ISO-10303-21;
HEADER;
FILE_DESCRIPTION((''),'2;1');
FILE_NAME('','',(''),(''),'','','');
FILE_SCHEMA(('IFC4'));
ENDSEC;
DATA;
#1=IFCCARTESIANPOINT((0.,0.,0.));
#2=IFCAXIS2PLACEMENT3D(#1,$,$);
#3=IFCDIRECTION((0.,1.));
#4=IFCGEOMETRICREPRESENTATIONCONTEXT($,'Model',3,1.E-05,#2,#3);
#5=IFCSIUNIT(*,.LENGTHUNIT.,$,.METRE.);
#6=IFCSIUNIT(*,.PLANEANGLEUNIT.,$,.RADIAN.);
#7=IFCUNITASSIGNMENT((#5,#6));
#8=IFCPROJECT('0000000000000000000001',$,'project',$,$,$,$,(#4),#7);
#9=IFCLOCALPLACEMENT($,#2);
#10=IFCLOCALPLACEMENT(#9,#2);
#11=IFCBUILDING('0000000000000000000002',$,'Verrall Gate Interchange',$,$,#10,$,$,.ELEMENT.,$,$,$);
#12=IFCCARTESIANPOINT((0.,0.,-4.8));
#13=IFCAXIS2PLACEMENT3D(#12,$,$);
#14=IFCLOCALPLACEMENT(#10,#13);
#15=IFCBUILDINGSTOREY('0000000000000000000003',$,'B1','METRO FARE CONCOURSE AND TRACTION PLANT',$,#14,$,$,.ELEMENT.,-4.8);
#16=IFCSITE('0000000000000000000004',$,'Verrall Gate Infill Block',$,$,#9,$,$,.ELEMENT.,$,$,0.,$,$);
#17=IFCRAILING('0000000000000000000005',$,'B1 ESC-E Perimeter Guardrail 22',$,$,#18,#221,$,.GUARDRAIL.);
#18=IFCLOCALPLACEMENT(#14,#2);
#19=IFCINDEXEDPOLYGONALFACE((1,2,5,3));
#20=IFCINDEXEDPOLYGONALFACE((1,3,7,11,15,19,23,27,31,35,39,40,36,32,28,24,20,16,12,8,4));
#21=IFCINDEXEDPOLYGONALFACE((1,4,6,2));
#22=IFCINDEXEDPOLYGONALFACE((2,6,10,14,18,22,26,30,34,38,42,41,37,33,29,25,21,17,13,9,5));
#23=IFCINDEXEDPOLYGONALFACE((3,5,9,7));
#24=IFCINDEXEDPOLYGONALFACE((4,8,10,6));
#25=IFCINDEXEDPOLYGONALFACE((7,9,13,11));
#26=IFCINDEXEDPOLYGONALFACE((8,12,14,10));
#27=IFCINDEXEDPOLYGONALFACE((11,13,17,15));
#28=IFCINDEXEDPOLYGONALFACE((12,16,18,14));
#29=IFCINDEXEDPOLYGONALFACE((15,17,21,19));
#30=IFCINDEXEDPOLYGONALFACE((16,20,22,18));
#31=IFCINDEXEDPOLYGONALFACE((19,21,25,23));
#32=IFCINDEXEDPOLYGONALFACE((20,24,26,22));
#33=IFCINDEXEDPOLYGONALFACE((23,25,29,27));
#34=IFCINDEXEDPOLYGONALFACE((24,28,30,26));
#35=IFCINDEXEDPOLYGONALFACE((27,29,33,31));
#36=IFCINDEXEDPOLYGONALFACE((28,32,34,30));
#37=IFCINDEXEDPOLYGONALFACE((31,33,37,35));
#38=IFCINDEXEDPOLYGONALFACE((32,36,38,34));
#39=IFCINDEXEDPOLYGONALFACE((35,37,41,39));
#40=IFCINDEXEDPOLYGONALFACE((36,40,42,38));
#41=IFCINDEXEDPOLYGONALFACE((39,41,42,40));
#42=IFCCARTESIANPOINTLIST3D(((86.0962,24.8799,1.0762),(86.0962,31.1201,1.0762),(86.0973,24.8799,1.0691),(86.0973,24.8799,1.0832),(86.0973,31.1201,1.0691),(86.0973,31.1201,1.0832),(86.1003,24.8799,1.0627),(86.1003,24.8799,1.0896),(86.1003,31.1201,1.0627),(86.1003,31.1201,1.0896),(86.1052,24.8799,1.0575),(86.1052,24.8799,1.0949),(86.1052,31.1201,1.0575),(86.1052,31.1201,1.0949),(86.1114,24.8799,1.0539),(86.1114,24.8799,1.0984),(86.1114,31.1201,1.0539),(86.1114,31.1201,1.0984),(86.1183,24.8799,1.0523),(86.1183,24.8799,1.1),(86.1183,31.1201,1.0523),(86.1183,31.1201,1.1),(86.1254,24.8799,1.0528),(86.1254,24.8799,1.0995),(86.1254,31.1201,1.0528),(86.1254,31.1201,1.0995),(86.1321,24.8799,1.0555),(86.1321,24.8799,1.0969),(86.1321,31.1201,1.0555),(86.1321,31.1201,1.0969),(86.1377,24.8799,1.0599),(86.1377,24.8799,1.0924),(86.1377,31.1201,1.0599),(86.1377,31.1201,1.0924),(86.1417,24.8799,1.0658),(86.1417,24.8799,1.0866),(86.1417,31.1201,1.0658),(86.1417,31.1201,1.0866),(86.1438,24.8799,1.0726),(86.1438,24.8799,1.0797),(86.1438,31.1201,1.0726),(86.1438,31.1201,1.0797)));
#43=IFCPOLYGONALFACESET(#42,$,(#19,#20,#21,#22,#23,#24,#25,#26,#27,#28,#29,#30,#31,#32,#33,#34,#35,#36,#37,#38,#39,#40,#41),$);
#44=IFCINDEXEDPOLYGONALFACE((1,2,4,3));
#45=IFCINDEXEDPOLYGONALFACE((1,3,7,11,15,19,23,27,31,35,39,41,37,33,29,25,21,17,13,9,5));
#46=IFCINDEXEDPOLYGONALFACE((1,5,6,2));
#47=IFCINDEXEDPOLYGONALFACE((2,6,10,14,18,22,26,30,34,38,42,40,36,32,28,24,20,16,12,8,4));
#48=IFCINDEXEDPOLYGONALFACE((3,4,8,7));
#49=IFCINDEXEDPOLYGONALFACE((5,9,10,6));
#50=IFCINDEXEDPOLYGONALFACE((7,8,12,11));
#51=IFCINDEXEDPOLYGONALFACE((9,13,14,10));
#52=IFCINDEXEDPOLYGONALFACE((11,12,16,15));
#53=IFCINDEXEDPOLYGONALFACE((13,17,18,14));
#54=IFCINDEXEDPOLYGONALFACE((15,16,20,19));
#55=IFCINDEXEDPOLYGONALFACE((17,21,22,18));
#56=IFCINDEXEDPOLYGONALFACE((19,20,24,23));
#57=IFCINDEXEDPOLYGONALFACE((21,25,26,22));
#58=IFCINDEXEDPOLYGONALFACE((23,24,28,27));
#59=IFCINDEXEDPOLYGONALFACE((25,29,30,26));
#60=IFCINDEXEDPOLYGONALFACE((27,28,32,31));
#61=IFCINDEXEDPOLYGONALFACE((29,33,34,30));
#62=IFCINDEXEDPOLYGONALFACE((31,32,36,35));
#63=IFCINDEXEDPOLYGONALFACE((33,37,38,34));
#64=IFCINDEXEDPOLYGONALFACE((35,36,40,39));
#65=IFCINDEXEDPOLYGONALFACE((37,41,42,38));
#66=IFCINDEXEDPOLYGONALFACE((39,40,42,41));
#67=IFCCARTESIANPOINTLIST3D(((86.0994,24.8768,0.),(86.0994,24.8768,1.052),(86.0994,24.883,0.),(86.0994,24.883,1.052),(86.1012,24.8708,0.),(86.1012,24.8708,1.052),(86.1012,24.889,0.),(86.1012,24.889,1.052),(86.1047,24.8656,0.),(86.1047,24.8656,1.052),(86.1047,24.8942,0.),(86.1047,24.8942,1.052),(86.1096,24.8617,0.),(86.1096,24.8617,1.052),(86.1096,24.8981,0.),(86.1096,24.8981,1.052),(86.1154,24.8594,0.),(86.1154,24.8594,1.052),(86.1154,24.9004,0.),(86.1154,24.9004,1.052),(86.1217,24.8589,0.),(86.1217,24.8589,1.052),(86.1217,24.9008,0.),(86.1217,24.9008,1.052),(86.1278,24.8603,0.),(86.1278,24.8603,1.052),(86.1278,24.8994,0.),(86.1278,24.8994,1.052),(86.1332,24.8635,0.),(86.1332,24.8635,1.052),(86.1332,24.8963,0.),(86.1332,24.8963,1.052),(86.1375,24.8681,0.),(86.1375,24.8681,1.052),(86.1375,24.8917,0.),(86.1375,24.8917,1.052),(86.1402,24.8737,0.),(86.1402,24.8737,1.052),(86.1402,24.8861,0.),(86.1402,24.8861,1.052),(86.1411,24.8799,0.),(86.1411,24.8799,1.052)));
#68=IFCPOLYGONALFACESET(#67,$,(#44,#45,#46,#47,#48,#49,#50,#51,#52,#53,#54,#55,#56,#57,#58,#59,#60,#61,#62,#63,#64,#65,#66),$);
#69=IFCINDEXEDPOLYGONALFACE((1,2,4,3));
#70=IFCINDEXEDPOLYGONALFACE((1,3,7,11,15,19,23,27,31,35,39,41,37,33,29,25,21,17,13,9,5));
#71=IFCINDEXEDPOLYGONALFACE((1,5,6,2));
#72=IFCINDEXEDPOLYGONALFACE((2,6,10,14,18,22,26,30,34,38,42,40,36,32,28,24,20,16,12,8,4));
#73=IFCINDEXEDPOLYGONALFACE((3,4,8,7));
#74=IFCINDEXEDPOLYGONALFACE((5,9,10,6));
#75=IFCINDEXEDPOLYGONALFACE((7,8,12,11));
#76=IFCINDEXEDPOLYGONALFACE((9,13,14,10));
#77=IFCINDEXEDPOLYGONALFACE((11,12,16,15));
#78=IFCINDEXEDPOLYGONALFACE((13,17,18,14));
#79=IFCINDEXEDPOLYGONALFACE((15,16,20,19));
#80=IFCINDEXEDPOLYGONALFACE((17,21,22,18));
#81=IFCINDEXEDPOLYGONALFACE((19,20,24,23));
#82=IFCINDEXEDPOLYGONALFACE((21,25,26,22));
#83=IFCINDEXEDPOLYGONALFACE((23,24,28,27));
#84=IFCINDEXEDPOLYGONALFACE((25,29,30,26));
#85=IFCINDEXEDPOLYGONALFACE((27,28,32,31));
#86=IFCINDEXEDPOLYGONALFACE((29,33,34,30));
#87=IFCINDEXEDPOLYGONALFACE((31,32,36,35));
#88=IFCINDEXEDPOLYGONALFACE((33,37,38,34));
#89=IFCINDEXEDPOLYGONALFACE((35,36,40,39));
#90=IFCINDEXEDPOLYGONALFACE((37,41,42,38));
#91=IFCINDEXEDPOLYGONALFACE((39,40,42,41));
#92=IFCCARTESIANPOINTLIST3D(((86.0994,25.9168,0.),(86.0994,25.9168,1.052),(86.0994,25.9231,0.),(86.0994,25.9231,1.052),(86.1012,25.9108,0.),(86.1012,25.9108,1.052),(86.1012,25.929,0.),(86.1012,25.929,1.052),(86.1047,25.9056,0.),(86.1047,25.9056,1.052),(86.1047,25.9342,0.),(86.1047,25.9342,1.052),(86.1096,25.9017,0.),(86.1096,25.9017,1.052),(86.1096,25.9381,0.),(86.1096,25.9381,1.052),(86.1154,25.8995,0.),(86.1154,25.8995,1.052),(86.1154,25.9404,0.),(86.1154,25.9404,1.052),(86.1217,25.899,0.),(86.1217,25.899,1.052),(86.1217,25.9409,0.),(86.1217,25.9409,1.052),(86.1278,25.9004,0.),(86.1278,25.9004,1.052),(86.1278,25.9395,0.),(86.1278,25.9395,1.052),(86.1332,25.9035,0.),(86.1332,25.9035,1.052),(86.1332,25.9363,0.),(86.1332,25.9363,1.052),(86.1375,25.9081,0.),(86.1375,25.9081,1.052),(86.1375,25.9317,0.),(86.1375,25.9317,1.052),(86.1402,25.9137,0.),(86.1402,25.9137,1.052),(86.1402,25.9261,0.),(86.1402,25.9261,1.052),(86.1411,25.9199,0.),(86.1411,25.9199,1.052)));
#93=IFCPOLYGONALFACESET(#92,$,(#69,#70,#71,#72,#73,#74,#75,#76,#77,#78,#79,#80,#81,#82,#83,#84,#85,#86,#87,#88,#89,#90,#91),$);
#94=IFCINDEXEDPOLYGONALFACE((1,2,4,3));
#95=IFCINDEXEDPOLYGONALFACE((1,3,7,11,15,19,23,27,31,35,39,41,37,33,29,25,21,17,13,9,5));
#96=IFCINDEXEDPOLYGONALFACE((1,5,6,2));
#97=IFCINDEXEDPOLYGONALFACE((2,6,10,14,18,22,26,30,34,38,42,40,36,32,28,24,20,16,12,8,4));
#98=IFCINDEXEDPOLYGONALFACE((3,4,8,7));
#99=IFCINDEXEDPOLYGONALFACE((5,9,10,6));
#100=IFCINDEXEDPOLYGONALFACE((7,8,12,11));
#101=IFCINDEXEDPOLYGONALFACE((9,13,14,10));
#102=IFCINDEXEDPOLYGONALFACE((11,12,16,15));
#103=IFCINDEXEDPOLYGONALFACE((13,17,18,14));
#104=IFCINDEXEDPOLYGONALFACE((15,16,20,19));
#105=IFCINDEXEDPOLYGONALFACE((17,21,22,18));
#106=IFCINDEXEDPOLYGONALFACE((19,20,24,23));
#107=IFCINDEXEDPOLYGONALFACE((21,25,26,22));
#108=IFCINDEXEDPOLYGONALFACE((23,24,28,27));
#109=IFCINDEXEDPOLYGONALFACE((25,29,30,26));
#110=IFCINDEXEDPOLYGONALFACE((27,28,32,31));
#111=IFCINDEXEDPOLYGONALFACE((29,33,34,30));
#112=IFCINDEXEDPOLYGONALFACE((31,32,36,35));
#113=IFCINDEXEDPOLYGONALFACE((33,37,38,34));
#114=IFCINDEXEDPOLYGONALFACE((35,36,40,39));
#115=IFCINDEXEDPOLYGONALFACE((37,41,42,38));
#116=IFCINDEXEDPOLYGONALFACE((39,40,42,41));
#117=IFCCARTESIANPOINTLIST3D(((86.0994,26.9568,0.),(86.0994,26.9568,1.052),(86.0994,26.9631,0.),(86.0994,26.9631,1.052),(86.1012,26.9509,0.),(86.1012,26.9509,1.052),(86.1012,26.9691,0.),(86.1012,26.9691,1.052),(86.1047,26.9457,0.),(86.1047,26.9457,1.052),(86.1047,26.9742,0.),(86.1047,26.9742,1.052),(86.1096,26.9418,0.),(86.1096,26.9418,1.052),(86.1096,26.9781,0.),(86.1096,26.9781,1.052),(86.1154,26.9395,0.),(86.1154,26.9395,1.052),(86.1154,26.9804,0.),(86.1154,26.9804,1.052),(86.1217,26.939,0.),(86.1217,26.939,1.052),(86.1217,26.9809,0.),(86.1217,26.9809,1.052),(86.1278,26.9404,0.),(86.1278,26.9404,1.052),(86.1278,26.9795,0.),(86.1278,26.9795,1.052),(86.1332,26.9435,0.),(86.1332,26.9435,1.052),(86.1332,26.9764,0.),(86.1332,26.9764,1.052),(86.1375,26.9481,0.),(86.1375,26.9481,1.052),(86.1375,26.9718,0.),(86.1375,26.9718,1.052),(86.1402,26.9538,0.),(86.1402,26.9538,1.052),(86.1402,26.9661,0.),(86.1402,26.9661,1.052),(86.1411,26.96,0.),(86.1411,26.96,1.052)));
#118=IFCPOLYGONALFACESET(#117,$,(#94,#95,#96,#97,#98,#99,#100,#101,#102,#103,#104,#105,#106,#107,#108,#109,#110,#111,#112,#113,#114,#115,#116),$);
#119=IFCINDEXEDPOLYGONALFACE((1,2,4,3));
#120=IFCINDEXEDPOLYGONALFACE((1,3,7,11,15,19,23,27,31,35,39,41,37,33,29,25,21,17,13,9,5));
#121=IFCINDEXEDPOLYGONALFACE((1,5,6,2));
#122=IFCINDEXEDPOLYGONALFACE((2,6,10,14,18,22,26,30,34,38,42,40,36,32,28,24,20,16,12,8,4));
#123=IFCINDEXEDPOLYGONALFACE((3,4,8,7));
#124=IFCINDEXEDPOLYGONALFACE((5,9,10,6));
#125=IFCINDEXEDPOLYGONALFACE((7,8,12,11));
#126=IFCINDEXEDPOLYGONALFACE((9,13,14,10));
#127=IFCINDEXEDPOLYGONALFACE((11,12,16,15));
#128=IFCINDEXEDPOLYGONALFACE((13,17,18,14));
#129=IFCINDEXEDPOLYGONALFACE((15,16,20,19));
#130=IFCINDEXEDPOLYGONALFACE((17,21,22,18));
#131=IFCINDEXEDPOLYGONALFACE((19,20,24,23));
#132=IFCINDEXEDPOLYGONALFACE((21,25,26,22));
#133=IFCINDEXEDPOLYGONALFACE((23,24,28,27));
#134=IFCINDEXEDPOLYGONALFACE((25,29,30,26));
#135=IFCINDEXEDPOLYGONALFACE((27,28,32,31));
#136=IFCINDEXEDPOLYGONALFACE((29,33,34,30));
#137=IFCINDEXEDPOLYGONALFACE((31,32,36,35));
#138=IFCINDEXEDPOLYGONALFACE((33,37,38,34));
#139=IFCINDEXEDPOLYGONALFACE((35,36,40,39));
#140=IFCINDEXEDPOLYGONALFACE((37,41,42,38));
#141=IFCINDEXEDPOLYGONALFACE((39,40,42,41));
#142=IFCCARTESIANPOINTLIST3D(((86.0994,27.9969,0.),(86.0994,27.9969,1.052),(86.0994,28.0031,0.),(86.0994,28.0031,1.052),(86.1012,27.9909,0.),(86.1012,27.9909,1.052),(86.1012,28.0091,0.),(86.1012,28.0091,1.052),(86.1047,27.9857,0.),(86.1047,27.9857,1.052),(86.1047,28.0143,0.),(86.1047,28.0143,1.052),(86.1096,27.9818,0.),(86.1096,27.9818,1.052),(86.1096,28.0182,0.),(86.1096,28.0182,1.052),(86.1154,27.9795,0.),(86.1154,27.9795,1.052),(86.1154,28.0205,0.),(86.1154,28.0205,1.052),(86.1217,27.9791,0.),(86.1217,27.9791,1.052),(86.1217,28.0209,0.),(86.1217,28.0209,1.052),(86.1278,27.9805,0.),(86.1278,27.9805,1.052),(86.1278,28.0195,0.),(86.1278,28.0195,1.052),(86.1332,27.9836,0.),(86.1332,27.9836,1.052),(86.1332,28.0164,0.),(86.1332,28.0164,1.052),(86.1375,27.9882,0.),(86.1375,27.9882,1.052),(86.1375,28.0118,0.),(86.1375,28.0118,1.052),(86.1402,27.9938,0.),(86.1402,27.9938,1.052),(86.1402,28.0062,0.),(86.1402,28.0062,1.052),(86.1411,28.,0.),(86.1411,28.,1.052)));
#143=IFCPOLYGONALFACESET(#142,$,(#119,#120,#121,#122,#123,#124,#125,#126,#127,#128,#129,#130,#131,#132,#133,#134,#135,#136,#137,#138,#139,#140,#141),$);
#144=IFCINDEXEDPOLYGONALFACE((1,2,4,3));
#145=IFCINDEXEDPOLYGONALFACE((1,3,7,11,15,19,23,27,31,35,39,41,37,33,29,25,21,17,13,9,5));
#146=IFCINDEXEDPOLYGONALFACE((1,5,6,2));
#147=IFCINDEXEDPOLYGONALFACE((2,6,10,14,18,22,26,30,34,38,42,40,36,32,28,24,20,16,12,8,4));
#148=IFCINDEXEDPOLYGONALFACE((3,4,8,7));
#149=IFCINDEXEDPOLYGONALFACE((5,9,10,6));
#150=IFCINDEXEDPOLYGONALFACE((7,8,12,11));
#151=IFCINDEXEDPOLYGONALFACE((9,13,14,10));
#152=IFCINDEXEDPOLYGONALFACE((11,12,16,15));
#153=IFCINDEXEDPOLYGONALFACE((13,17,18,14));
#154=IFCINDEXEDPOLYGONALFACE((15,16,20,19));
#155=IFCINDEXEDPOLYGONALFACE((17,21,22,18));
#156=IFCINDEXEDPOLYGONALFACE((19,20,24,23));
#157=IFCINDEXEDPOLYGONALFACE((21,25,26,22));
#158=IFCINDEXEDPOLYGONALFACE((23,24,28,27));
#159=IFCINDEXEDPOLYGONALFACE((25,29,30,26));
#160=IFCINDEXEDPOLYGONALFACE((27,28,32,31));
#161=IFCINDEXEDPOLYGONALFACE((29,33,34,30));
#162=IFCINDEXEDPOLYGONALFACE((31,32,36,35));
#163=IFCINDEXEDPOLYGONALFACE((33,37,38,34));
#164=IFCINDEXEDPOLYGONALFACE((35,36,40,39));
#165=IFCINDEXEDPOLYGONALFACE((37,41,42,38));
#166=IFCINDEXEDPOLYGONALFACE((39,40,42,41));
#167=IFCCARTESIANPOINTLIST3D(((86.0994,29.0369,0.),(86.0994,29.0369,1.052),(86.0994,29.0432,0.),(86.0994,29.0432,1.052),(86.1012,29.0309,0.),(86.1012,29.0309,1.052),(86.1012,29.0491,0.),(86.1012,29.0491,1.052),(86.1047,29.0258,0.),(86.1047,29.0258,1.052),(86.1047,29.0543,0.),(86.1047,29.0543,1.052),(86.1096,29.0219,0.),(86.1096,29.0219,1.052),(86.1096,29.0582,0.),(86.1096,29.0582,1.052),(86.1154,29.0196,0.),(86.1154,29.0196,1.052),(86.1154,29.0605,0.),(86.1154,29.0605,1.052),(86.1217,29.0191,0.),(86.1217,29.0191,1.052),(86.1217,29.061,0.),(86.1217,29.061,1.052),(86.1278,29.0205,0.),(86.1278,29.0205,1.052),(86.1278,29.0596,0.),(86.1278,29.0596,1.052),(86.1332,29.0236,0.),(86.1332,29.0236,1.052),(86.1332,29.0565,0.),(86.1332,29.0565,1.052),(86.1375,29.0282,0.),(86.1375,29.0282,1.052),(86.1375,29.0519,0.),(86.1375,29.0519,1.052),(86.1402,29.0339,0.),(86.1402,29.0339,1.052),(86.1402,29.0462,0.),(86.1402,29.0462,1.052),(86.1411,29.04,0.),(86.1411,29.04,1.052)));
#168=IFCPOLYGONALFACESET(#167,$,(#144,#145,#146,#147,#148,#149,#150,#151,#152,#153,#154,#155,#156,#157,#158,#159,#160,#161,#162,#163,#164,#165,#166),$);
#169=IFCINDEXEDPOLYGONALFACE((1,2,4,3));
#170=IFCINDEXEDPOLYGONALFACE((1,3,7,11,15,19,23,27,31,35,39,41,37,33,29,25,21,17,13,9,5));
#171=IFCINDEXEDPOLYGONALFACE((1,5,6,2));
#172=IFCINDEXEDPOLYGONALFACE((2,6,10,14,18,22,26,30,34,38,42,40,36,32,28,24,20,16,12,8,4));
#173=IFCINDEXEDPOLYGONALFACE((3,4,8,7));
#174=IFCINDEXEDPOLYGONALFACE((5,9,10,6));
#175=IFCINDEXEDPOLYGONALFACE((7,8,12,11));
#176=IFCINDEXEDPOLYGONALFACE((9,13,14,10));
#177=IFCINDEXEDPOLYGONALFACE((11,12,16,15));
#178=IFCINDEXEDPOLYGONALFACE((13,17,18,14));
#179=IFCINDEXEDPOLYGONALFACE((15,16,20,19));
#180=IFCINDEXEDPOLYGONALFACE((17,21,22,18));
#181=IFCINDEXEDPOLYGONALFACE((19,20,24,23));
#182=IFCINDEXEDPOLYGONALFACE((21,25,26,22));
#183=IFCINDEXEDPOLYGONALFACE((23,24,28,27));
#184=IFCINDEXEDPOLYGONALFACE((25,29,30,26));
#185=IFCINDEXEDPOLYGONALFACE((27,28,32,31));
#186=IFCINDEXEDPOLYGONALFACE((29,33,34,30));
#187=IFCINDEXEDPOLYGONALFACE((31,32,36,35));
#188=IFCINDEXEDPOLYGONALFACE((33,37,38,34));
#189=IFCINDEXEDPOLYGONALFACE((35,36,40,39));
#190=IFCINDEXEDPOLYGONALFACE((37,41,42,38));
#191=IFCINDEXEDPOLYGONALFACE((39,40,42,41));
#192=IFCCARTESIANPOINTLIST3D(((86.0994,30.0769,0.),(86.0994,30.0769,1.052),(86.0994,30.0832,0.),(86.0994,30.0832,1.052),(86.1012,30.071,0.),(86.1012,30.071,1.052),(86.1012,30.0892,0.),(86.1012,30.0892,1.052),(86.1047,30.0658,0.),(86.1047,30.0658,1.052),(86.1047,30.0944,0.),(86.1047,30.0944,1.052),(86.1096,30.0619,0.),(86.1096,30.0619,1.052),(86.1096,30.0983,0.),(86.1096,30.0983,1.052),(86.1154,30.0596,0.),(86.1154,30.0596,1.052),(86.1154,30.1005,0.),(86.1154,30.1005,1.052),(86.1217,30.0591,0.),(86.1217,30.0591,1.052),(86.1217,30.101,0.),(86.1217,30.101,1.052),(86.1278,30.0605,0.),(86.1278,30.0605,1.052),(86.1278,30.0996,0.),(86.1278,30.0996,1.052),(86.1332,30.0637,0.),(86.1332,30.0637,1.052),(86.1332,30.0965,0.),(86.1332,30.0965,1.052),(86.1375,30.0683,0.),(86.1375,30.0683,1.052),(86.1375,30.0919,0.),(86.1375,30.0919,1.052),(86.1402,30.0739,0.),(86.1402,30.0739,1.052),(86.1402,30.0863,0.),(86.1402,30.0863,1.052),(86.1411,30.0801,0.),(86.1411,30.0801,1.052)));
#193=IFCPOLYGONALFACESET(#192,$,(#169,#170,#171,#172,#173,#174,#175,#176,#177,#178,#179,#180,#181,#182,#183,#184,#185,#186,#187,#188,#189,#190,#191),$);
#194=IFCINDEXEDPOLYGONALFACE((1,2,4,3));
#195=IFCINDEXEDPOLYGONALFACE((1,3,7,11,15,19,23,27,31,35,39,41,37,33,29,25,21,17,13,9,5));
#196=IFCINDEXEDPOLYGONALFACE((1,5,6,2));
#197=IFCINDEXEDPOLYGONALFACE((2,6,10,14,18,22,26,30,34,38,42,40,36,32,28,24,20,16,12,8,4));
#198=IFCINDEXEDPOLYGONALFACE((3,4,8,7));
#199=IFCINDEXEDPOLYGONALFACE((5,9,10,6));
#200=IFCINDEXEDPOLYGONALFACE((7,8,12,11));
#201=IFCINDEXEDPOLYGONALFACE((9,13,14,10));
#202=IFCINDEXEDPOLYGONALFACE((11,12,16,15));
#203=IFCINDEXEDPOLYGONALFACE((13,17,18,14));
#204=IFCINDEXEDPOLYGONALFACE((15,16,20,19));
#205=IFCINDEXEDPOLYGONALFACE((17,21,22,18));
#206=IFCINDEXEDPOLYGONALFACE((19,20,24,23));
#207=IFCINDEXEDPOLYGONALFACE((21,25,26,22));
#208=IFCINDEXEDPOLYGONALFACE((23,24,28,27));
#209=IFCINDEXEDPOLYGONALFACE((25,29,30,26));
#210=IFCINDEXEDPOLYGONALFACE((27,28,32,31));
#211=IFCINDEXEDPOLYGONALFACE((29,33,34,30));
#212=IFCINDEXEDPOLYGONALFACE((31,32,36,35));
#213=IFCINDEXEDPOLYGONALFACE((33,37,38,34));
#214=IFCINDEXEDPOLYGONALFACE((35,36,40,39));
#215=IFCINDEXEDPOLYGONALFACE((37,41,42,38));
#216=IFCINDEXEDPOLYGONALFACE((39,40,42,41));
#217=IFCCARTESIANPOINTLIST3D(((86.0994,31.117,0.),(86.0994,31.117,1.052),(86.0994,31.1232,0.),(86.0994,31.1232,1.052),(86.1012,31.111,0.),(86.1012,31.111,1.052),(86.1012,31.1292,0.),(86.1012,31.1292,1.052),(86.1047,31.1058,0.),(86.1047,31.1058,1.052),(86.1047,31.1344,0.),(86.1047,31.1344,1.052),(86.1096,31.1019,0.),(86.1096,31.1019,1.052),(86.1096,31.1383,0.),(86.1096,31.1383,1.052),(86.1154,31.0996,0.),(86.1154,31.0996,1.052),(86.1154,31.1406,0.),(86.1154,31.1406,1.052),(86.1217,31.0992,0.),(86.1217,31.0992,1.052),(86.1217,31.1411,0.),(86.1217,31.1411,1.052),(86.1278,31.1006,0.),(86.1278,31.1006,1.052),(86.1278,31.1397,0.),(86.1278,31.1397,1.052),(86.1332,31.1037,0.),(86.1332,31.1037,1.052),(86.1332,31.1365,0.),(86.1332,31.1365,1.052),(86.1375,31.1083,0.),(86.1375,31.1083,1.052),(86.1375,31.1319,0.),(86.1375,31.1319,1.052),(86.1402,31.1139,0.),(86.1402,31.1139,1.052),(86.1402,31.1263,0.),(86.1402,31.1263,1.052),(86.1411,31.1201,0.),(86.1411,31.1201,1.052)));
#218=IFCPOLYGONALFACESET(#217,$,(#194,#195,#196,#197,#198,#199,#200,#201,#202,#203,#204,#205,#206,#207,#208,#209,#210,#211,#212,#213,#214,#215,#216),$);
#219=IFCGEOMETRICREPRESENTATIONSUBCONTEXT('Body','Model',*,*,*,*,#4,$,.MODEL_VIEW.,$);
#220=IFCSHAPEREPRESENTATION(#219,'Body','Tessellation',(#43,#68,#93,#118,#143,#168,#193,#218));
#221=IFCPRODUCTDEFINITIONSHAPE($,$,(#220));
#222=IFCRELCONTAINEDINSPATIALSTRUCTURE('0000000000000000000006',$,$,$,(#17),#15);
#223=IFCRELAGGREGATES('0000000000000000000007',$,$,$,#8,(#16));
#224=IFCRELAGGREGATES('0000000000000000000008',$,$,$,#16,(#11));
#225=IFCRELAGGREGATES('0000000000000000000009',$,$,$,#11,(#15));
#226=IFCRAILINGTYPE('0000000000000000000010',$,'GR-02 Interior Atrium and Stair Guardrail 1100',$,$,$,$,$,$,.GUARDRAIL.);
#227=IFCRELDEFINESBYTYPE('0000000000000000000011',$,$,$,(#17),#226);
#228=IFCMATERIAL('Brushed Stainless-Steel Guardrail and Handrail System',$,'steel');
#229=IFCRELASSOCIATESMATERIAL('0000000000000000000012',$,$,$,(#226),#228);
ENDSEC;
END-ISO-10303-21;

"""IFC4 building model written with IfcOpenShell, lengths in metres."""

from ifc_helpers import new_model, si_unit, direction, frame, origin, origin_2d, place, context, subcontext, project, spatial, circle, extrude, material, type_object, element, save


model = new_model("IFC4")

# Units and contexts
model_context = context("Model", 3, precision=1e-05, world=origin(), true_north=direction((0.0, 1.0)))
body_context = subcontext(model_context, "Body", "Model", "MODEL_VIEW")
ifc_project = project(units=[si_unit("LENGTHUNIT", "METRE"), si_unit("PLANEANGLEUNIT", "RADIAN")], contexts=[model_context])

# Site, building, storey
site_placement = place(None, origin())
site = spatial("IfcSite", under=ifc_project, at=site_placement, Name="Verrall Gate Infill Block", CompositionType="ELEMENT", RefElevation=0.0)
building_placement = place(site_placement, origin())
building = spatial("IfcBuilding", under=site, at=building_placement, Name="Verrall Gate Interchange", CompositionType="ELEMENT")
storey_placement = place(building_placement, frame((0.0, 0.0, -4.8)))
storey = spatial("IfcBuildingStorey", under=building, at=storey_placement, Name="B1", Description="METRO FARE CONCOURSE AND TRACTION PLANT", CompositionType="ELEMENT", Elevation=-4.8)

# Railing
ifc_material_1 = material(Name="Brushed Stainless-Steel Guardrail and Handrail System", Category="steel")
railing_type_1 = type_object("IfcRailingType", Name="GR-02 Interior Atrium and Stair Guardrail 1100", PredefinedType="GUARDRAIL", material=ifc_material_1)
railing_1_placement = place(storey_placement, frame((86.1201, 24.8799, 0.0)))
element("IfcRailing", 1, at=railing_1_placement, inside=storey, type_object=railing_type_1, Name="B1 ESC-E Perimeter Guardrail 22", PredefinedType="GUARDRAIL", context=body_context, shape_type="SweptSolid", body=[
    extrude(circle(Radius=0.0239, at=origin_2d()), frame((0.0, 0.0, 1.0762), z_axis=(0.0, 1.0, 0.0), x_axis=(-1.0, 0.0, 0.0)), (0.0, 0.0, 1.0), 6.2402),
    extrude(circle(Radius=0.021, at=origin_2d()), origin(), (0.0, 0.0, 1.0), 1.052),
    extrude(circle(Radius=0.021, at=origin_2d()), frame((0.0, 1.04, 0.0)), (0.0, 0.0, 1.0), 1.052),
    extrude(circle(Radius=0.021, at=origin_2d()), frame((0.0, 2.0801, 0.0)), (0.0, 0.0, 1.0), 1.052),
    extrude(circle(Radius=0.021, at=origin_2d()), frame((0.0, 3.1201, 0.0)), (0.0, 0.0, 1.0), 1.052),
    extrude(circle(Radius=0.021, at=origin_2d()), frame((0.0, 4.1602, 0.0)), (0.0, 0.0, 1.0), 1.052),
    extrude(circle(Radius=0.021, at=origin_2d()), frame((0.0, 5.2002, 0.0)), (0.0, 0.0, 1.0), 1.052),
    extrude(circle(Radius=0.021, at=origin_2d()), frame((0.0, 6.2402, 0.0)), (0.0, 0.0, 1.0), 1.052),
])

save(model, "model.ifc")
